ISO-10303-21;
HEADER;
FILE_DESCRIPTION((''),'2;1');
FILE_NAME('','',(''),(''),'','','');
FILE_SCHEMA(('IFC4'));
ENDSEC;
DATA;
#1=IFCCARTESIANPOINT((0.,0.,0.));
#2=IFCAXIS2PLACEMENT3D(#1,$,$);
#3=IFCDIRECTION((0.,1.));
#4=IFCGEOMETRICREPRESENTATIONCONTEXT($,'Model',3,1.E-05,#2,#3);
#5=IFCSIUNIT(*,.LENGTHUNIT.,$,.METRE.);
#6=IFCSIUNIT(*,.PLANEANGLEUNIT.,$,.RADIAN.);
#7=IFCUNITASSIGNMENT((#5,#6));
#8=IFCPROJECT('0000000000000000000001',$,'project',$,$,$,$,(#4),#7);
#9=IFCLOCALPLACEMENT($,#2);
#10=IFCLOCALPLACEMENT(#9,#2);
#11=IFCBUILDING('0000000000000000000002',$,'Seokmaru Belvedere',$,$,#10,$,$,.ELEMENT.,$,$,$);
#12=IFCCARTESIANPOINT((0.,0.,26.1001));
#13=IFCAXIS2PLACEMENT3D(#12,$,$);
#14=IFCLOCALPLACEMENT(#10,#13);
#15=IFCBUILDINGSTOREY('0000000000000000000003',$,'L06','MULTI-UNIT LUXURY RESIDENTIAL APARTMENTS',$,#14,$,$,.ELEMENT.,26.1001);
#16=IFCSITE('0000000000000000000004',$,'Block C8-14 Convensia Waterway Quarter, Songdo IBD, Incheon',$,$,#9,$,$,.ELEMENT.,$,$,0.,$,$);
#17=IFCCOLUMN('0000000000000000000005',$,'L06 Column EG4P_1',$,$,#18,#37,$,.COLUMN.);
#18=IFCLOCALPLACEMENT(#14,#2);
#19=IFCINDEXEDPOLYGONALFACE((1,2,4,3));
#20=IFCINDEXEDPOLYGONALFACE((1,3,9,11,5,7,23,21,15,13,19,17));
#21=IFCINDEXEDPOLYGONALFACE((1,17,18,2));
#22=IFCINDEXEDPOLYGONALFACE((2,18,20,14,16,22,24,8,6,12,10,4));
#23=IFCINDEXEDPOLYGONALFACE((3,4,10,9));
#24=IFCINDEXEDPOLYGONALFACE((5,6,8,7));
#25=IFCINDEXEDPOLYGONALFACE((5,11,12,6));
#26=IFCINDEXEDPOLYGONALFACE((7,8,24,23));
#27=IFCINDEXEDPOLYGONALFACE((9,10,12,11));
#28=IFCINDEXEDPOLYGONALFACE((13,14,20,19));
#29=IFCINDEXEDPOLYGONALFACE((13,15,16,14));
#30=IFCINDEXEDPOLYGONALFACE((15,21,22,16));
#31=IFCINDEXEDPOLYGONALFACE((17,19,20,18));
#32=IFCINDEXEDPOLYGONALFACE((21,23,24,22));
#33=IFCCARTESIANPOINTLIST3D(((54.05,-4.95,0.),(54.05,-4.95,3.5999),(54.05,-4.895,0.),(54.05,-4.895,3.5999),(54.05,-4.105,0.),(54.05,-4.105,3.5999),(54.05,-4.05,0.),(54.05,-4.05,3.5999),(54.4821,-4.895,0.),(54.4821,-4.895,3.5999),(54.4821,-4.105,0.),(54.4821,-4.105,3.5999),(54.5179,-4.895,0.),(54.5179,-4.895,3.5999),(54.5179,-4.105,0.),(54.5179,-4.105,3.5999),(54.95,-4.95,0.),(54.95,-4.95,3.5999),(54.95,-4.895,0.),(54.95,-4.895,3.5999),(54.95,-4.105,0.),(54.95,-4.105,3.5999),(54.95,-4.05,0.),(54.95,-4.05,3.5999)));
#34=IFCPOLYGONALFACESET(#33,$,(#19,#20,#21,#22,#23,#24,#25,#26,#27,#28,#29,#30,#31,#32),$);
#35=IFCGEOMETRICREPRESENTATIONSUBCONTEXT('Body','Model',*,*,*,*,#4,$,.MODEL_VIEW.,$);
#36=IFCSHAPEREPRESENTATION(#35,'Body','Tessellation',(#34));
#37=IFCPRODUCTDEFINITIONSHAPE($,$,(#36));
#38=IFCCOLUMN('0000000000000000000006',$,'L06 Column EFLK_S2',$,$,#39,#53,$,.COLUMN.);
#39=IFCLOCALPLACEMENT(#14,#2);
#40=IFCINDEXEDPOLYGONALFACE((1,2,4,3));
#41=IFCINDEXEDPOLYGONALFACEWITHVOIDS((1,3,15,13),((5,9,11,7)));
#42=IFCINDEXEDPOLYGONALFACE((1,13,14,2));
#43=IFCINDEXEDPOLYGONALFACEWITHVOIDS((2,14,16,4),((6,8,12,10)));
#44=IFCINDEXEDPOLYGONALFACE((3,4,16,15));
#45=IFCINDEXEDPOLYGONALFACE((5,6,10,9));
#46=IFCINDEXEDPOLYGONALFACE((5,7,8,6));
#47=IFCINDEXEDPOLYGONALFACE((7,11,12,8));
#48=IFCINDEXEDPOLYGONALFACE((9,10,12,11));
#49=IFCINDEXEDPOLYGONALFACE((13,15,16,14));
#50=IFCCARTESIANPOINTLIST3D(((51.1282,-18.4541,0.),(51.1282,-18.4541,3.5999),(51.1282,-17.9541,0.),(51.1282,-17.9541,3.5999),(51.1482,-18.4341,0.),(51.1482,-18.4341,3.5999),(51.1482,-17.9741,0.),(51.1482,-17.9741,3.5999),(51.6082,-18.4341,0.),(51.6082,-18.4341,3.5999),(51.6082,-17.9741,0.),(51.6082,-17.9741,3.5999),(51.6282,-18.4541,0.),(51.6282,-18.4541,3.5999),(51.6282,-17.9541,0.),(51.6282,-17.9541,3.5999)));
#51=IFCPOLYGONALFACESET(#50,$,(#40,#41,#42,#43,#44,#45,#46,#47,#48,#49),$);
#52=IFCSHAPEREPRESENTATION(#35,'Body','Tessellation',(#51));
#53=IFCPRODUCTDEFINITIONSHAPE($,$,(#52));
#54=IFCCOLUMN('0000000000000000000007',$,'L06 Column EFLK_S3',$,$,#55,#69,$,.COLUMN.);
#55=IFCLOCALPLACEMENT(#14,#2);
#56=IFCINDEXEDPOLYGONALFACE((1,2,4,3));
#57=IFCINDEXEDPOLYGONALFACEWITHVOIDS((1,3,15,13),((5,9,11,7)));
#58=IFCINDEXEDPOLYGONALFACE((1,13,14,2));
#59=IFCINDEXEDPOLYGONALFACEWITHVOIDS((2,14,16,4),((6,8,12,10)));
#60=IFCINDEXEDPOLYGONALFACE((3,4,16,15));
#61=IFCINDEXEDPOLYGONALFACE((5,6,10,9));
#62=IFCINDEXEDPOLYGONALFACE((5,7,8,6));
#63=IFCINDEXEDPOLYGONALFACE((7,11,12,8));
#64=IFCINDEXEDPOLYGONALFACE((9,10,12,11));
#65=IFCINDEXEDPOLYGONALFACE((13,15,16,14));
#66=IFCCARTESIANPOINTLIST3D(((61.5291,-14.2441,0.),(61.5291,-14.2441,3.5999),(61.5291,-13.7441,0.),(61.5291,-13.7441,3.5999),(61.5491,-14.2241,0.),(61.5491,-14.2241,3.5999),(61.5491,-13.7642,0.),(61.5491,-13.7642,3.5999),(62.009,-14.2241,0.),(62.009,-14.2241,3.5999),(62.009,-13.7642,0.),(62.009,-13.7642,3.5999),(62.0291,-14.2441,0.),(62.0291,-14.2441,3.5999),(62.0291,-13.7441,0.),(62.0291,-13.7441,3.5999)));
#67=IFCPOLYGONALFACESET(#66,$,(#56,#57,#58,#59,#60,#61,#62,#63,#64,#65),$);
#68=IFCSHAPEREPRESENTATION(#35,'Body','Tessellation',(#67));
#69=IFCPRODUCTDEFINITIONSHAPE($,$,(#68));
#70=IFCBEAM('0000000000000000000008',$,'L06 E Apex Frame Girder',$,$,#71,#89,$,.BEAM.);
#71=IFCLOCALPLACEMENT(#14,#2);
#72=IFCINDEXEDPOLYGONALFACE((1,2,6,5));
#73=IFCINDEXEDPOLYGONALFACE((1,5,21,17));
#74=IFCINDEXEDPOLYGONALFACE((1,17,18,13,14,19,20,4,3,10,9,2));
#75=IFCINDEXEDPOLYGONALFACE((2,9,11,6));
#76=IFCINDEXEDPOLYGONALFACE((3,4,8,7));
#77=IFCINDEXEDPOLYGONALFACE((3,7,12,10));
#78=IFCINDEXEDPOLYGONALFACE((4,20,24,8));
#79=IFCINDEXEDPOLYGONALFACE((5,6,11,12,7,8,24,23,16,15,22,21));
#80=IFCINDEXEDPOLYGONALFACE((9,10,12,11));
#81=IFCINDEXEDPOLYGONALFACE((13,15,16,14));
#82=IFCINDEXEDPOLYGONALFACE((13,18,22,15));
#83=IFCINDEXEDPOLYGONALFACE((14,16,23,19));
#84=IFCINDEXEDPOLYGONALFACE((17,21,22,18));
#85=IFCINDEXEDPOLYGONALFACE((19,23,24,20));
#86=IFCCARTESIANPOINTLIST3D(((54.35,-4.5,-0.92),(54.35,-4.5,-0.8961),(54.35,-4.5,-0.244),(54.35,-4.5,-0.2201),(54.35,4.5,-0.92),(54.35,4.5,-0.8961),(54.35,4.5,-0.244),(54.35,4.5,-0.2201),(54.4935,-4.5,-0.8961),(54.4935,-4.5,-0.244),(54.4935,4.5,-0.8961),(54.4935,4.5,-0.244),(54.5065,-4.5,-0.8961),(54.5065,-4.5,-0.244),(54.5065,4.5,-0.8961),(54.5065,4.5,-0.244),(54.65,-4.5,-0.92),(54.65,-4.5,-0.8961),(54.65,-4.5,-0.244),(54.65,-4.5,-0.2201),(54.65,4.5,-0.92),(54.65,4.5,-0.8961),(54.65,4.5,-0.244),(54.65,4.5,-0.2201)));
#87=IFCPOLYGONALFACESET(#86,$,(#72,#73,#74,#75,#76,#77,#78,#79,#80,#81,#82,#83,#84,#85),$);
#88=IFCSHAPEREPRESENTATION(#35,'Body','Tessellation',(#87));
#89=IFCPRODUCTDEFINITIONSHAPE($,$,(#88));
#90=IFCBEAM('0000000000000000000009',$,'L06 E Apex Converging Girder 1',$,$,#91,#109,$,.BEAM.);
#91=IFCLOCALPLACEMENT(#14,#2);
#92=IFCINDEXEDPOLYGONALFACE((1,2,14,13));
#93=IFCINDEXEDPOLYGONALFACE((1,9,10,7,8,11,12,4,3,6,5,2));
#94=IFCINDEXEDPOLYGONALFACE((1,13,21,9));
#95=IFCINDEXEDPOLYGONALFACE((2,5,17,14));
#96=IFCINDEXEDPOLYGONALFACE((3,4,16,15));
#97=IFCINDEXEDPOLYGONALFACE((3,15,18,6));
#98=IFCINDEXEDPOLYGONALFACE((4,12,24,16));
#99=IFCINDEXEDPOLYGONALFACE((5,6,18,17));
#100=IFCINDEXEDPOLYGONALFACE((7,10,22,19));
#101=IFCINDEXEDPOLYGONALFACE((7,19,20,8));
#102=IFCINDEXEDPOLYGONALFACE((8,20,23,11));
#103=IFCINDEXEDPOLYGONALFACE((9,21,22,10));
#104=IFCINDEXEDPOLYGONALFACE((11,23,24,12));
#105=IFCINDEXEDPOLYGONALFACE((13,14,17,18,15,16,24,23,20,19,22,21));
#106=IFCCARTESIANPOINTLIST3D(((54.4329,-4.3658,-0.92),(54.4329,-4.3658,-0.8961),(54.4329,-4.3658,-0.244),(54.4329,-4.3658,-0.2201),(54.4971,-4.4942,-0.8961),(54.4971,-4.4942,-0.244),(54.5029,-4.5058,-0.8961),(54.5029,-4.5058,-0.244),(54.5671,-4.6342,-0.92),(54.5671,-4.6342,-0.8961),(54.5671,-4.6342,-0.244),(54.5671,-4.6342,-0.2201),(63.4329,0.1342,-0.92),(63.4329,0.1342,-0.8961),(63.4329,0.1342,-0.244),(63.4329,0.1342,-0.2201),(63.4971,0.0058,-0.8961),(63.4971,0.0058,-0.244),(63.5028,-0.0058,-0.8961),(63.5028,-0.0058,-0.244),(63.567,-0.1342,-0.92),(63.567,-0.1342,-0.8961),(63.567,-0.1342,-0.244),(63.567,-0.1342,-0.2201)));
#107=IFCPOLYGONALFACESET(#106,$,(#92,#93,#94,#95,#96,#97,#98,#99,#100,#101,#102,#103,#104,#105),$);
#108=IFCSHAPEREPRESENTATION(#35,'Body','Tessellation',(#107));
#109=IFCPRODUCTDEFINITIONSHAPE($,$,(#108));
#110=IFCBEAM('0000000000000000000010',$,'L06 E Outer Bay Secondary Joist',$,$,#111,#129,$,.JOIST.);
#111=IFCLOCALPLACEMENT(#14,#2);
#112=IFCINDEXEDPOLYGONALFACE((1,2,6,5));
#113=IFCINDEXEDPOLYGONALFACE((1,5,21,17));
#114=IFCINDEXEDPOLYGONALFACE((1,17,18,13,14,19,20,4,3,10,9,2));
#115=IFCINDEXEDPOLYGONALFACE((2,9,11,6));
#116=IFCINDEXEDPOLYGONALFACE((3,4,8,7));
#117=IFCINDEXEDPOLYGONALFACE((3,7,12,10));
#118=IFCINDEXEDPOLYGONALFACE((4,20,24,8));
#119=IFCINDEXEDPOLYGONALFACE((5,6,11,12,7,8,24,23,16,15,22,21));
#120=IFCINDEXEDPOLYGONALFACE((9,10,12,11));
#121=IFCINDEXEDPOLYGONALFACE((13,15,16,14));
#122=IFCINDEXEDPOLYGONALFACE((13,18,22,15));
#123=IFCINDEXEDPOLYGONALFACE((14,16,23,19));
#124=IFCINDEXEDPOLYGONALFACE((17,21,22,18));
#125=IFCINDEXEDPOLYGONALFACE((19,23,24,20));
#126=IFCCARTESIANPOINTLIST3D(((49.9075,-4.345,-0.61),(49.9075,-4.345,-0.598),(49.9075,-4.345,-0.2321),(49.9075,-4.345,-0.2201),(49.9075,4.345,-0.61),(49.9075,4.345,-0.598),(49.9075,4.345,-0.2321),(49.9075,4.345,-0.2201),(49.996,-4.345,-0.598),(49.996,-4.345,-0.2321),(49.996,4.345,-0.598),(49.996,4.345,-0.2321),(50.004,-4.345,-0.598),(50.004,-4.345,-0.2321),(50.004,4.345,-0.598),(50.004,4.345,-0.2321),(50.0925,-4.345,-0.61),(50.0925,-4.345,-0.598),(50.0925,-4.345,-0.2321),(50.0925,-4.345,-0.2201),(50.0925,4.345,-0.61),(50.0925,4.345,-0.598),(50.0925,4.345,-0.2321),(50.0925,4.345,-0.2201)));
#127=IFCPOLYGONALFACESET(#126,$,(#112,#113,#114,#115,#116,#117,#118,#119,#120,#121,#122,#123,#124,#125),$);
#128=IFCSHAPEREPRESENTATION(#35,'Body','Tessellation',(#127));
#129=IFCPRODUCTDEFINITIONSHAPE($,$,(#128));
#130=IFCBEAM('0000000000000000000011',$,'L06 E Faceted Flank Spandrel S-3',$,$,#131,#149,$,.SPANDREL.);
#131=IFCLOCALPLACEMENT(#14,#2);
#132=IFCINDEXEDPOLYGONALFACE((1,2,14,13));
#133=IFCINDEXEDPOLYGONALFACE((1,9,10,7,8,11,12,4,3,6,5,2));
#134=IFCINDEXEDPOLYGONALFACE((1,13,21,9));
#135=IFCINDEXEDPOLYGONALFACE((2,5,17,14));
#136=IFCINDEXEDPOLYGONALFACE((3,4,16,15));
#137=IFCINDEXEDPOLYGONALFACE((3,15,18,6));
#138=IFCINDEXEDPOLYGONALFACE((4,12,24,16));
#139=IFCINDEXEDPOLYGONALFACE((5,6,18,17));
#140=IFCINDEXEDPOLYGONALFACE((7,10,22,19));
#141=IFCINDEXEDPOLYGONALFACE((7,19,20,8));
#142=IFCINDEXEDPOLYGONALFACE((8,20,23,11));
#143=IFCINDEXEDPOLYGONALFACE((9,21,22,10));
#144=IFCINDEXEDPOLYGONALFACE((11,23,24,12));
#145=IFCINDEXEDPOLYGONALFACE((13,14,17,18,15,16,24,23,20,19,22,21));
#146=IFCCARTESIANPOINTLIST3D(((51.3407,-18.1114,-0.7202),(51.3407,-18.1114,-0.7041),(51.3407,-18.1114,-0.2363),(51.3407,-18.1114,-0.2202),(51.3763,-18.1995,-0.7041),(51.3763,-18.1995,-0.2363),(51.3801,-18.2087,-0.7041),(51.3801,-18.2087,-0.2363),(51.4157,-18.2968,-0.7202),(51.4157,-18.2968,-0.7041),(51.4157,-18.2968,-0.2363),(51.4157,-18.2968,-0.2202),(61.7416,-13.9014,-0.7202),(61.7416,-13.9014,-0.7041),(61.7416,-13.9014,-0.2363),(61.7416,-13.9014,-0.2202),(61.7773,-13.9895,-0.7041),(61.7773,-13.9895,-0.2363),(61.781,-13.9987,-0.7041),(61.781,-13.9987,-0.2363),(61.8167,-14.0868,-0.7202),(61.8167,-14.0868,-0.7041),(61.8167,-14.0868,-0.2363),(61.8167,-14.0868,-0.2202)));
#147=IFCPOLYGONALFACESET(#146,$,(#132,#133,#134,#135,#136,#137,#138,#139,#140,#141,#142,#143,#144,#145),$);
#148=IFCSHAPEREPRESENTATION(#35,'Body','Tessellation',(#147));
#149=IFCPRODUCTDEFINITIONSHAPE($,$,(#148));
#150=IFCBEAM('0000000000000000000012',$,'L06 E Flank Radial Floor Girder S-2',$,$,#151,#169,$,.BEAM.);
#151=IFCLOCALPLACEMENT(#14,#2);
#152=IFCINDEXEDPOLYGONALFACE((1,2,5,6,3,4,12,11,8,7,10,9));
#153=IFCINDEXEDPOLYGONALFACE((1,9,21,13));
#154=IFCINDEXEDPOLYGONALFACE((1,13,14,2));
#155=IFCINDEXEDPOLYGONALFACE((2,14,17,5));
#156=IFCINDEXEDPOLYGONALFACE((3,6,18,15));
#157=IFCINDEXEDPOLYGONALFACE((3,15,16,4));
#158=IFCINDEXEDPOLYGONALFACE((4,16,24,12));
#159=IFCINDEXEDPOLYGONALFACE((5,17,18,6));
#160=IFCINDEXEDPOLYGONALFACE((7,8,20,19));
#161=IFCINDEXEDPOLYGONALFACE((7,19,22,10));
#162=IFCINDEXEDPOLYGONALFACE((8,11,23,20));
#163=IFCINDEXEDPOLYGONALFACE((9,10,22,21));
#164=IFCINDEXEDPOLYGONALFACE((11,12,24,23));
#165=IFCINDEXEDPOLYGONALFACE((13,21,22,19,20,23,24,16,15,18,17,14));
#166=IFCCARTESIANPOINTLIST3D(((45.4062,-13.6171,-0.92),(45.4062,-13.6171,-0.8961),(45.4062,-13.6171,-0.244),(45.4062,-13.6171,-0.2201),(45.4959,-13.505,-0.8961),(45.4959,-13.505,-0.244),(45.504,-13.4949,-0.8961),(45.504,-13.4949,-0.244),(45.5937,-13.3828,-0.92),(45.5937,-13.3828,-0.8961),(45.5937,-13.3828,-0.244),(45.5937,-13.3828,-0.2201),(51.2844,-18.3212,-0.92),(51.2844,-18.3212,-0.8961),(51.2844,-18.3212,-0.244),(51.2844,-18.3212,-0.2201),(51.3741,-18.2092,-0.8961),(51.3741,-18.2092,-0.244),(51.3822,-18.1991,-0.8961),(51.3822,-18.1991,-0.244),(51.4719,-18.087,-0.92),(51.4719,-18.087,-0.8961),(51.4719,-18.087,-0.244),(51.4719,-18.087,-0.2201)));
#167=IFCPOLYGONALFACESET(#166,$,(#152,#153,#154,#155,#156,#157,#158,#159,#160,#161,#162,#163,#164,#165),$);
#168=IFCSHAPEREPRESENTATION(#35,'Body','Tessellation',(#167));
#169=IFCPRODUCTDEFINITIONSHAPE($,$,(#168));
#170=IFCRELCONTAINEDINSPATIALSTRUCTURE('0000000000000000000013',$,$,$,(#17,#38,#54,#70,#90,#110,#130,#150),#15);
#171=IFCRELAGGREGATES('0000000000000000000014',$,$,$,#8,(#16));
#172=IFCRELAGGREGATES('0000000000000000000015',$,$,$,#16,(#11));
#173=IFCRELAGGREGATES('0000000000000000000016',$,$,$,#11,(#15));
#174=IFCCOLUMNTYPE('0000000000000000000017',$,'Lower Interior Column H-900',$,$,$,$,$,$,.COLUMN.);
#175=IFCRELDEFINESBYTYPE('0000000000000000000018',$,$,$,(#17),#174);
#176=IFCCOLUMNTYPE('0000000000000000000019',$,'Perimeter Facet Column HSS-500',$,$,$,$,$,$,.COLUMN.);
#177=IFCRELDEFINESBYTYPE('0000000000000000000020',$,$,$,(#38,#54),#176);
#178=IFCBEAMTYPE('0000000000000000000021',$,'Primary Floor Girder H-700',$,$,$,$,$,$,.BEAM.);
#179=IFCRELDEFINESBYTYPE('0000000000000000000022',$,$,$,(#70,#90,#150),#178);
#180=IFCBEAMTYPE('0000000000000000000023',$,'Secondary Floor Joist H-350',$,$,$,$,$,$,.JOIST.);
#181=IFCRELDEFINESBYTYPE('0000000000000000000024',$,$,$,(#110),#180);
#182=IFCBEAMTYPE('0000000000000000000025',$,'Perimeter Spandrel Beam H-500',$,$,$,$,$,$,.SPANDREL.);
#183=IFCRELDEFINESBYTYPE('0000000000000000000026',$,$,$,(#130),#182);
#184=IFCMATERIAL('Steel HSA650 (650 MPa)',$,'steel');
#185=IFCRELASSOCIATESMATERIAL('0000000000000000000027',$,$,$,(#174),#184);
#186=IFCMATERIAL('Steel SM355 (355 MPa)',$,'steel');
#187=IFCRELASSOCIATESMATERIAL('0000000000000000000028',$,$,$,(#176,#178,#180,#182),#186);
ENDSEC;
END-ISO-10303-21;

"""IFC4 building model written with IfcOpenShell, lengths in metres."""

from ifc_helpers import new_model, si_unit, direction, frame, origin, origin_2d, place, context, subcontext, project, spatial, hollow_rectangle, i_section, extrude, source, transform, mapped, material, material_profile, profile_set, type_object, type_shapes, element, save


model = new_model("IFC4")

# Units and contexts
model_context = context("Model", 3, precision=1e-05, world=origin(), true_north=direction((0.0, 1.0)))
body_context = subcontext(model_context, "Body", "Model", "MODEL_VIEW")
ifc_project = project(units=[si_unit("LENGTHUNIT", "METRE"), si_unit("PLANEANGLEUNIT", "RADIAN")], contexts=[model_context])

# Site, building, storey
site_placement = place(None, origin())
site = spatial("IfcSite", under=ifc_project, at=site_placement, Name="Block C8-14 Convensia Waterway Quarter, Songdo IBD, Incheon", CompositionType="ELEMENT", RefElevation=0.0)
building_placement = place(site_placement, origin())
building = spatial("IfcBuilding", under=site, at=building_placement, Name="Seokmaru Belvedere", CompositionType="ELEMENT")
storey_placement = place(building_placement, frame((0.0, 0.0, 26.1001)))
storey = spatial("IfcBuildingStorey", under=building, at=storey_placement, Name="L06", Description="MULTI-UNIT LUXURY RESIDENTIAL APARTMENTS", CompositionType="ELEMENT", Elevation=26.1001)

# Columns
ifc_material_1 = material(Name="Steel HSA650 (650 MPa)", Category="steel")
ifc_material_profile_1 = material_profile(ifc_material_1, i_section(OverallWidth=0.8999, OverallDepth=0.8999, WebThickness=0.0359, FlangeThickness=0.0549, at=origin_2d()), Name="H-900x900x36x55")
ifc_profile_set_1 = profile_set([ifc_material_profile_1], Name="Steel HSA650 (650 MPa)")
column_type_1 = type_object("IfcColumnType", Name="Lower Interior Column H-900", PredefinedType="COLUMN", material=ifc_profile_set_1)
shared_shape_1 = source(origin(), body_context, "Body", "SweptSolid", [
    extrude(i_section(OverallWidth=0.8999, OverallDepth=0.8999, WebThickness=0.0359, FlangeThickness=0.0549, at=origin_2d()), origin(), (0.0, 0.0, 1.0), 3.5999),
])
type_shapes(column_type_1, [shared_shape_1])
column_placement = place(storey_placement, frame((54.5, -4.5, 0.0), z_axis=(0.0, 0.0, 1.0), x_axis=(1.0, 0.0, 0.0)))
element("IfcColumn", 1, at=column_placement, inside=storey, type_object=column_type_1, Name="L06 Column EG4P_1", PredefinedType="COLUMN", context=body_context, shape_type="MappedRepresentation", body=[
    mapped(shared_shape_1, transform((0.0, 0.0, 0.0), scale=1.0)),
])
ifc_material_2 = material(Name="Steel SM355 (355 MPa)", Category="steel")
ifc_material_profile_2 = material_profile(ifc_material_2, hollow_rectangle(XDim=0.5, YDim=0.5, WallThickness=0.02, at=origin_2d()), Name="HSS-500x500x20")
ifc_profile_set_2 = profile_set([ifc_material_profile_2], Name="Steel SM355 (355 MPa)")
column_type_2 = type_object("IfcColumnType", Name="Perimeter Facet Column HSS-500", PredefinedType="COLUMN", material=ifc_profile_set_2)
shared_shape_2 = source(origin(), body_context, "Body", "SweptSolid", [
    extrude(hollow_rectangle(XDim=0.5, YDim=0.5, WallThickness=0.02, at=origin_2d()), origin(), (0.0, 0.0, 1.0), 3.5999),
])
type_shapes(column_type_2, [shared_shape_2])
for number, where, z_axis, x_axis, name in (
    (2, (51.3782, -18.2041, 0.0), (0.0, 0.0, 1.0), (1.0, 0.0, 0.0), "L06 Column EFLK_S2"),
    (3, (61.7791, -13.9941, 0.0), (0.0, 0.0, 1.0), (1.0, 0.0, 0.0), "L06 Column EFLK_S3"),
):
    element("IfcColumn", number, at=place(storey_placement, frame(where, z_axis=z_axis, x_axis=x_axis)), inside=storey, type_object=column_type_2, Name=name, PredefinedType="COLUMN", context=body_context, shape_type="MappedRepresentation", body=[
        mapped(shared_shape_2, transform((0.0, 0.0, 0.0), scale=1.0)),
    ])

# Beams
ifc_material_profile_3 = material_profile(ifc_material_2, i_section(OverallWidth=0.3, OverallDepth=0.7, WebThickness=0.0129, FlangeThickness=0.0239, at=origin_2d()), Name="H-700x300x13x24")
ifc_profile_set_3 = profile_set([ifc_material_profile_3], Name="Steel SM355 (355 MPa)")
beam_type_1 = type_object("IfcBeamType", Name="Primary Floor Girder H-700", PredefinedType="BEAM", material=ifc_profile_set_3)
shared_shape_3 = source(origin(), body_context, "Body", "SweptSolid", [
    extrude(i_section(OverallWidth=0.3, OverallDepth=0.7, WebThickness=0.0129, FlangeThickness=0.0239, at=origin_2d()), origin(), (0.0, 0.0, 1.0), 9.0),
])
beam_1_placement = place(storey_placement, frame((54.5, -4.5, -0.5701), z_axis=(0.0, 1.0, 0.0), x_axis=(-1.0, 0.0, 0.0)))
element("IfcBeam", 4, at=beam_1_placement, inside=storey, type_object=beam_type_1, Name="L06 E Apex Frame Girder", PredefinedType="BEAM", context=body_context, shape_type="MappedRepresentation", body=[
    mapped(shared_shape_3, transform((0.0, 0.0, 0.0), scale=1.0)),
])
shared_shape_4 = source(origin(), body_context, "Body", "SweptSolid", [
    extrude(i_section(OverallWidth=0.3, OverallDepth=0.7, WebThickness=0.0129, FlangeThickness=0.0239, at=origin_2d()), origin(), (0.0, 0.0, 1.0), 10.0623),
])
beam_2_placement = place(storey_placement, frame((54.5, -4.5, -0.5701), z_axis=(0.894427, 0.447214, 0.0), x_axis=(-0.447214, 0.894427, 0.0)))
element("IfcBeam", 5, at=beam_2_placement, inside=storey, type_object=beam_type_1, Name="L06 E Apex Converging Girder 1", PredefinedType="BEAM", context=body_context, shape_type="MappedRepresentation", body=[
    mapped(shared_shape_4, transform((0.0, 0.0, 0.0), scale=1.0)),
])
ifc_material_profile_4 = material_profile(ifc_material_2, i_section(OverallWidth=0.1851, OverallDepth=0.3899, WebThickness=0.0081, FlangeThickness=0.012, at=origin_2d()), Name="H-390x185x8x12")
ifc_profile_set_4 = profile_set([ifc_material_profile_4], Name="Steel SM355 (355 MPa)")
beam_type_2 = type_object("IfcBeamType", Name="Secondary Floor Joist H-350", PredefinedType="JOIST", material=ifc_profile_set_4)
shared_shape_5 = source(origin(), body_context, "Body", "SweptSolid", [
    extrude(i_section(OverallWidth=0.1851, OverallDepth=0.3899, WebThickness=0.0081, FlangeThickness=0.012, at=origin_2d()), origin(), (0.0, 0.0, 1.0), 8.6899),
])
type_shapes(beam_type_2, [shared_shape_5])
beam_3_placement = place(storey_placement, frame((50.0, -4.345, -0.415), z_axis=(0.0, 1.0, 0.0), x_axis=(-1.0, 0.0, 0.0)))
element("IfcBeam", 6, at=beam_3_placement, inside=storey, type_object=beam_type_2, Name="L06 E Outer Bay Secondary Joist", PredefinedType="JOIST", context=body_context, shape_type="MappedRepresentation", body=[
    mapped(shared_shape_5, transform((0.0, 0.0, 0.0), scale=1.0)),
])
ifc_material_profile_5 = material_profile(ifc_material_2, i_section(OverallWidth=0.2, OverallDepth=0.5, WebThickness=0.01, FlangeThickness=0.0161, at=origin_2d()), Name="H-500x200x10x16")
ifc_profile_set_5 = profile_set([ifc_material_profile_5], Name="Steel SM355 (355 MPa)")
beam_type_3 = type_object("IfcBeamType", Name="Perimeter Spandrel Beam H-500", PredefinedType="SPANDREL", material=ifc_profile_set_5)
shared_shape_6 = source(origin(), body_context, "Body", "SweptSolid", [
    extrude(i_section(OverallWidth=0.2, OverallDepth=0.5, WebThickness=0.01, FlangeThickness=0.0161, at=origin_2d()), origin(), (0.0, 0.0, 1.0), 11.2207),
])
type_shapes(beam_type_3, [shared_shape_6])
beam_4_placement = place(storey_placement, frame((51.3782, -18.2041, -0.4702), z_axis=(0.926944, 0.375199, 0.0), x_axis=(-0.375199, 0.926944, 0.0)))
element("IfcBeam", 7, at=beam_4_placement, inside=storey, type_object=beam_type_3, Name="L06 E Faceted Flank Spandrel S-3", PredefinedType="SPANDREL", context=body_context, shape_type="MappedRepresentation", body=[
    mapped(shared_shape_6, transform((0.0, 0.0, 0.0), scale=1.0)),
])
shared_shape_7 = source(origin(), body_context, "Body", "SweptSolid", [
    extrude(i_section(OverallWidth=0.3, OverallDepth=0.7, WebThickness=0.0129, FlangeThickness=0.0239, at=origin_2d()), origin(), (0.0, 0.0, 1.0), 7.5288),
])
type_shapes(beam_type_1, [shared_shape_3, shared_shape_4, shared_shape_7])
beam_5_placement = place(storey_placement, frame((51.3782, -18.2041, -0.5701), z_axis=(-0.780768, 0.624822, 0.0), x_axis=(-0.624822, -0.780768, 0.0)))
element("IfcBeam", 8, at=beam_5_placement, inside=storey, type_object=beam_type_1, Name="L06 E Flank Radial Floor Girder S-2", PredefinedType="BEAM", context=body_context, shape_type="MappedRepresentation", body=[
    mapped(shared_shape_7, transform((0.0, 0.0, 0.0), scale=1.0)),
])

save(model, "model.ifc")
